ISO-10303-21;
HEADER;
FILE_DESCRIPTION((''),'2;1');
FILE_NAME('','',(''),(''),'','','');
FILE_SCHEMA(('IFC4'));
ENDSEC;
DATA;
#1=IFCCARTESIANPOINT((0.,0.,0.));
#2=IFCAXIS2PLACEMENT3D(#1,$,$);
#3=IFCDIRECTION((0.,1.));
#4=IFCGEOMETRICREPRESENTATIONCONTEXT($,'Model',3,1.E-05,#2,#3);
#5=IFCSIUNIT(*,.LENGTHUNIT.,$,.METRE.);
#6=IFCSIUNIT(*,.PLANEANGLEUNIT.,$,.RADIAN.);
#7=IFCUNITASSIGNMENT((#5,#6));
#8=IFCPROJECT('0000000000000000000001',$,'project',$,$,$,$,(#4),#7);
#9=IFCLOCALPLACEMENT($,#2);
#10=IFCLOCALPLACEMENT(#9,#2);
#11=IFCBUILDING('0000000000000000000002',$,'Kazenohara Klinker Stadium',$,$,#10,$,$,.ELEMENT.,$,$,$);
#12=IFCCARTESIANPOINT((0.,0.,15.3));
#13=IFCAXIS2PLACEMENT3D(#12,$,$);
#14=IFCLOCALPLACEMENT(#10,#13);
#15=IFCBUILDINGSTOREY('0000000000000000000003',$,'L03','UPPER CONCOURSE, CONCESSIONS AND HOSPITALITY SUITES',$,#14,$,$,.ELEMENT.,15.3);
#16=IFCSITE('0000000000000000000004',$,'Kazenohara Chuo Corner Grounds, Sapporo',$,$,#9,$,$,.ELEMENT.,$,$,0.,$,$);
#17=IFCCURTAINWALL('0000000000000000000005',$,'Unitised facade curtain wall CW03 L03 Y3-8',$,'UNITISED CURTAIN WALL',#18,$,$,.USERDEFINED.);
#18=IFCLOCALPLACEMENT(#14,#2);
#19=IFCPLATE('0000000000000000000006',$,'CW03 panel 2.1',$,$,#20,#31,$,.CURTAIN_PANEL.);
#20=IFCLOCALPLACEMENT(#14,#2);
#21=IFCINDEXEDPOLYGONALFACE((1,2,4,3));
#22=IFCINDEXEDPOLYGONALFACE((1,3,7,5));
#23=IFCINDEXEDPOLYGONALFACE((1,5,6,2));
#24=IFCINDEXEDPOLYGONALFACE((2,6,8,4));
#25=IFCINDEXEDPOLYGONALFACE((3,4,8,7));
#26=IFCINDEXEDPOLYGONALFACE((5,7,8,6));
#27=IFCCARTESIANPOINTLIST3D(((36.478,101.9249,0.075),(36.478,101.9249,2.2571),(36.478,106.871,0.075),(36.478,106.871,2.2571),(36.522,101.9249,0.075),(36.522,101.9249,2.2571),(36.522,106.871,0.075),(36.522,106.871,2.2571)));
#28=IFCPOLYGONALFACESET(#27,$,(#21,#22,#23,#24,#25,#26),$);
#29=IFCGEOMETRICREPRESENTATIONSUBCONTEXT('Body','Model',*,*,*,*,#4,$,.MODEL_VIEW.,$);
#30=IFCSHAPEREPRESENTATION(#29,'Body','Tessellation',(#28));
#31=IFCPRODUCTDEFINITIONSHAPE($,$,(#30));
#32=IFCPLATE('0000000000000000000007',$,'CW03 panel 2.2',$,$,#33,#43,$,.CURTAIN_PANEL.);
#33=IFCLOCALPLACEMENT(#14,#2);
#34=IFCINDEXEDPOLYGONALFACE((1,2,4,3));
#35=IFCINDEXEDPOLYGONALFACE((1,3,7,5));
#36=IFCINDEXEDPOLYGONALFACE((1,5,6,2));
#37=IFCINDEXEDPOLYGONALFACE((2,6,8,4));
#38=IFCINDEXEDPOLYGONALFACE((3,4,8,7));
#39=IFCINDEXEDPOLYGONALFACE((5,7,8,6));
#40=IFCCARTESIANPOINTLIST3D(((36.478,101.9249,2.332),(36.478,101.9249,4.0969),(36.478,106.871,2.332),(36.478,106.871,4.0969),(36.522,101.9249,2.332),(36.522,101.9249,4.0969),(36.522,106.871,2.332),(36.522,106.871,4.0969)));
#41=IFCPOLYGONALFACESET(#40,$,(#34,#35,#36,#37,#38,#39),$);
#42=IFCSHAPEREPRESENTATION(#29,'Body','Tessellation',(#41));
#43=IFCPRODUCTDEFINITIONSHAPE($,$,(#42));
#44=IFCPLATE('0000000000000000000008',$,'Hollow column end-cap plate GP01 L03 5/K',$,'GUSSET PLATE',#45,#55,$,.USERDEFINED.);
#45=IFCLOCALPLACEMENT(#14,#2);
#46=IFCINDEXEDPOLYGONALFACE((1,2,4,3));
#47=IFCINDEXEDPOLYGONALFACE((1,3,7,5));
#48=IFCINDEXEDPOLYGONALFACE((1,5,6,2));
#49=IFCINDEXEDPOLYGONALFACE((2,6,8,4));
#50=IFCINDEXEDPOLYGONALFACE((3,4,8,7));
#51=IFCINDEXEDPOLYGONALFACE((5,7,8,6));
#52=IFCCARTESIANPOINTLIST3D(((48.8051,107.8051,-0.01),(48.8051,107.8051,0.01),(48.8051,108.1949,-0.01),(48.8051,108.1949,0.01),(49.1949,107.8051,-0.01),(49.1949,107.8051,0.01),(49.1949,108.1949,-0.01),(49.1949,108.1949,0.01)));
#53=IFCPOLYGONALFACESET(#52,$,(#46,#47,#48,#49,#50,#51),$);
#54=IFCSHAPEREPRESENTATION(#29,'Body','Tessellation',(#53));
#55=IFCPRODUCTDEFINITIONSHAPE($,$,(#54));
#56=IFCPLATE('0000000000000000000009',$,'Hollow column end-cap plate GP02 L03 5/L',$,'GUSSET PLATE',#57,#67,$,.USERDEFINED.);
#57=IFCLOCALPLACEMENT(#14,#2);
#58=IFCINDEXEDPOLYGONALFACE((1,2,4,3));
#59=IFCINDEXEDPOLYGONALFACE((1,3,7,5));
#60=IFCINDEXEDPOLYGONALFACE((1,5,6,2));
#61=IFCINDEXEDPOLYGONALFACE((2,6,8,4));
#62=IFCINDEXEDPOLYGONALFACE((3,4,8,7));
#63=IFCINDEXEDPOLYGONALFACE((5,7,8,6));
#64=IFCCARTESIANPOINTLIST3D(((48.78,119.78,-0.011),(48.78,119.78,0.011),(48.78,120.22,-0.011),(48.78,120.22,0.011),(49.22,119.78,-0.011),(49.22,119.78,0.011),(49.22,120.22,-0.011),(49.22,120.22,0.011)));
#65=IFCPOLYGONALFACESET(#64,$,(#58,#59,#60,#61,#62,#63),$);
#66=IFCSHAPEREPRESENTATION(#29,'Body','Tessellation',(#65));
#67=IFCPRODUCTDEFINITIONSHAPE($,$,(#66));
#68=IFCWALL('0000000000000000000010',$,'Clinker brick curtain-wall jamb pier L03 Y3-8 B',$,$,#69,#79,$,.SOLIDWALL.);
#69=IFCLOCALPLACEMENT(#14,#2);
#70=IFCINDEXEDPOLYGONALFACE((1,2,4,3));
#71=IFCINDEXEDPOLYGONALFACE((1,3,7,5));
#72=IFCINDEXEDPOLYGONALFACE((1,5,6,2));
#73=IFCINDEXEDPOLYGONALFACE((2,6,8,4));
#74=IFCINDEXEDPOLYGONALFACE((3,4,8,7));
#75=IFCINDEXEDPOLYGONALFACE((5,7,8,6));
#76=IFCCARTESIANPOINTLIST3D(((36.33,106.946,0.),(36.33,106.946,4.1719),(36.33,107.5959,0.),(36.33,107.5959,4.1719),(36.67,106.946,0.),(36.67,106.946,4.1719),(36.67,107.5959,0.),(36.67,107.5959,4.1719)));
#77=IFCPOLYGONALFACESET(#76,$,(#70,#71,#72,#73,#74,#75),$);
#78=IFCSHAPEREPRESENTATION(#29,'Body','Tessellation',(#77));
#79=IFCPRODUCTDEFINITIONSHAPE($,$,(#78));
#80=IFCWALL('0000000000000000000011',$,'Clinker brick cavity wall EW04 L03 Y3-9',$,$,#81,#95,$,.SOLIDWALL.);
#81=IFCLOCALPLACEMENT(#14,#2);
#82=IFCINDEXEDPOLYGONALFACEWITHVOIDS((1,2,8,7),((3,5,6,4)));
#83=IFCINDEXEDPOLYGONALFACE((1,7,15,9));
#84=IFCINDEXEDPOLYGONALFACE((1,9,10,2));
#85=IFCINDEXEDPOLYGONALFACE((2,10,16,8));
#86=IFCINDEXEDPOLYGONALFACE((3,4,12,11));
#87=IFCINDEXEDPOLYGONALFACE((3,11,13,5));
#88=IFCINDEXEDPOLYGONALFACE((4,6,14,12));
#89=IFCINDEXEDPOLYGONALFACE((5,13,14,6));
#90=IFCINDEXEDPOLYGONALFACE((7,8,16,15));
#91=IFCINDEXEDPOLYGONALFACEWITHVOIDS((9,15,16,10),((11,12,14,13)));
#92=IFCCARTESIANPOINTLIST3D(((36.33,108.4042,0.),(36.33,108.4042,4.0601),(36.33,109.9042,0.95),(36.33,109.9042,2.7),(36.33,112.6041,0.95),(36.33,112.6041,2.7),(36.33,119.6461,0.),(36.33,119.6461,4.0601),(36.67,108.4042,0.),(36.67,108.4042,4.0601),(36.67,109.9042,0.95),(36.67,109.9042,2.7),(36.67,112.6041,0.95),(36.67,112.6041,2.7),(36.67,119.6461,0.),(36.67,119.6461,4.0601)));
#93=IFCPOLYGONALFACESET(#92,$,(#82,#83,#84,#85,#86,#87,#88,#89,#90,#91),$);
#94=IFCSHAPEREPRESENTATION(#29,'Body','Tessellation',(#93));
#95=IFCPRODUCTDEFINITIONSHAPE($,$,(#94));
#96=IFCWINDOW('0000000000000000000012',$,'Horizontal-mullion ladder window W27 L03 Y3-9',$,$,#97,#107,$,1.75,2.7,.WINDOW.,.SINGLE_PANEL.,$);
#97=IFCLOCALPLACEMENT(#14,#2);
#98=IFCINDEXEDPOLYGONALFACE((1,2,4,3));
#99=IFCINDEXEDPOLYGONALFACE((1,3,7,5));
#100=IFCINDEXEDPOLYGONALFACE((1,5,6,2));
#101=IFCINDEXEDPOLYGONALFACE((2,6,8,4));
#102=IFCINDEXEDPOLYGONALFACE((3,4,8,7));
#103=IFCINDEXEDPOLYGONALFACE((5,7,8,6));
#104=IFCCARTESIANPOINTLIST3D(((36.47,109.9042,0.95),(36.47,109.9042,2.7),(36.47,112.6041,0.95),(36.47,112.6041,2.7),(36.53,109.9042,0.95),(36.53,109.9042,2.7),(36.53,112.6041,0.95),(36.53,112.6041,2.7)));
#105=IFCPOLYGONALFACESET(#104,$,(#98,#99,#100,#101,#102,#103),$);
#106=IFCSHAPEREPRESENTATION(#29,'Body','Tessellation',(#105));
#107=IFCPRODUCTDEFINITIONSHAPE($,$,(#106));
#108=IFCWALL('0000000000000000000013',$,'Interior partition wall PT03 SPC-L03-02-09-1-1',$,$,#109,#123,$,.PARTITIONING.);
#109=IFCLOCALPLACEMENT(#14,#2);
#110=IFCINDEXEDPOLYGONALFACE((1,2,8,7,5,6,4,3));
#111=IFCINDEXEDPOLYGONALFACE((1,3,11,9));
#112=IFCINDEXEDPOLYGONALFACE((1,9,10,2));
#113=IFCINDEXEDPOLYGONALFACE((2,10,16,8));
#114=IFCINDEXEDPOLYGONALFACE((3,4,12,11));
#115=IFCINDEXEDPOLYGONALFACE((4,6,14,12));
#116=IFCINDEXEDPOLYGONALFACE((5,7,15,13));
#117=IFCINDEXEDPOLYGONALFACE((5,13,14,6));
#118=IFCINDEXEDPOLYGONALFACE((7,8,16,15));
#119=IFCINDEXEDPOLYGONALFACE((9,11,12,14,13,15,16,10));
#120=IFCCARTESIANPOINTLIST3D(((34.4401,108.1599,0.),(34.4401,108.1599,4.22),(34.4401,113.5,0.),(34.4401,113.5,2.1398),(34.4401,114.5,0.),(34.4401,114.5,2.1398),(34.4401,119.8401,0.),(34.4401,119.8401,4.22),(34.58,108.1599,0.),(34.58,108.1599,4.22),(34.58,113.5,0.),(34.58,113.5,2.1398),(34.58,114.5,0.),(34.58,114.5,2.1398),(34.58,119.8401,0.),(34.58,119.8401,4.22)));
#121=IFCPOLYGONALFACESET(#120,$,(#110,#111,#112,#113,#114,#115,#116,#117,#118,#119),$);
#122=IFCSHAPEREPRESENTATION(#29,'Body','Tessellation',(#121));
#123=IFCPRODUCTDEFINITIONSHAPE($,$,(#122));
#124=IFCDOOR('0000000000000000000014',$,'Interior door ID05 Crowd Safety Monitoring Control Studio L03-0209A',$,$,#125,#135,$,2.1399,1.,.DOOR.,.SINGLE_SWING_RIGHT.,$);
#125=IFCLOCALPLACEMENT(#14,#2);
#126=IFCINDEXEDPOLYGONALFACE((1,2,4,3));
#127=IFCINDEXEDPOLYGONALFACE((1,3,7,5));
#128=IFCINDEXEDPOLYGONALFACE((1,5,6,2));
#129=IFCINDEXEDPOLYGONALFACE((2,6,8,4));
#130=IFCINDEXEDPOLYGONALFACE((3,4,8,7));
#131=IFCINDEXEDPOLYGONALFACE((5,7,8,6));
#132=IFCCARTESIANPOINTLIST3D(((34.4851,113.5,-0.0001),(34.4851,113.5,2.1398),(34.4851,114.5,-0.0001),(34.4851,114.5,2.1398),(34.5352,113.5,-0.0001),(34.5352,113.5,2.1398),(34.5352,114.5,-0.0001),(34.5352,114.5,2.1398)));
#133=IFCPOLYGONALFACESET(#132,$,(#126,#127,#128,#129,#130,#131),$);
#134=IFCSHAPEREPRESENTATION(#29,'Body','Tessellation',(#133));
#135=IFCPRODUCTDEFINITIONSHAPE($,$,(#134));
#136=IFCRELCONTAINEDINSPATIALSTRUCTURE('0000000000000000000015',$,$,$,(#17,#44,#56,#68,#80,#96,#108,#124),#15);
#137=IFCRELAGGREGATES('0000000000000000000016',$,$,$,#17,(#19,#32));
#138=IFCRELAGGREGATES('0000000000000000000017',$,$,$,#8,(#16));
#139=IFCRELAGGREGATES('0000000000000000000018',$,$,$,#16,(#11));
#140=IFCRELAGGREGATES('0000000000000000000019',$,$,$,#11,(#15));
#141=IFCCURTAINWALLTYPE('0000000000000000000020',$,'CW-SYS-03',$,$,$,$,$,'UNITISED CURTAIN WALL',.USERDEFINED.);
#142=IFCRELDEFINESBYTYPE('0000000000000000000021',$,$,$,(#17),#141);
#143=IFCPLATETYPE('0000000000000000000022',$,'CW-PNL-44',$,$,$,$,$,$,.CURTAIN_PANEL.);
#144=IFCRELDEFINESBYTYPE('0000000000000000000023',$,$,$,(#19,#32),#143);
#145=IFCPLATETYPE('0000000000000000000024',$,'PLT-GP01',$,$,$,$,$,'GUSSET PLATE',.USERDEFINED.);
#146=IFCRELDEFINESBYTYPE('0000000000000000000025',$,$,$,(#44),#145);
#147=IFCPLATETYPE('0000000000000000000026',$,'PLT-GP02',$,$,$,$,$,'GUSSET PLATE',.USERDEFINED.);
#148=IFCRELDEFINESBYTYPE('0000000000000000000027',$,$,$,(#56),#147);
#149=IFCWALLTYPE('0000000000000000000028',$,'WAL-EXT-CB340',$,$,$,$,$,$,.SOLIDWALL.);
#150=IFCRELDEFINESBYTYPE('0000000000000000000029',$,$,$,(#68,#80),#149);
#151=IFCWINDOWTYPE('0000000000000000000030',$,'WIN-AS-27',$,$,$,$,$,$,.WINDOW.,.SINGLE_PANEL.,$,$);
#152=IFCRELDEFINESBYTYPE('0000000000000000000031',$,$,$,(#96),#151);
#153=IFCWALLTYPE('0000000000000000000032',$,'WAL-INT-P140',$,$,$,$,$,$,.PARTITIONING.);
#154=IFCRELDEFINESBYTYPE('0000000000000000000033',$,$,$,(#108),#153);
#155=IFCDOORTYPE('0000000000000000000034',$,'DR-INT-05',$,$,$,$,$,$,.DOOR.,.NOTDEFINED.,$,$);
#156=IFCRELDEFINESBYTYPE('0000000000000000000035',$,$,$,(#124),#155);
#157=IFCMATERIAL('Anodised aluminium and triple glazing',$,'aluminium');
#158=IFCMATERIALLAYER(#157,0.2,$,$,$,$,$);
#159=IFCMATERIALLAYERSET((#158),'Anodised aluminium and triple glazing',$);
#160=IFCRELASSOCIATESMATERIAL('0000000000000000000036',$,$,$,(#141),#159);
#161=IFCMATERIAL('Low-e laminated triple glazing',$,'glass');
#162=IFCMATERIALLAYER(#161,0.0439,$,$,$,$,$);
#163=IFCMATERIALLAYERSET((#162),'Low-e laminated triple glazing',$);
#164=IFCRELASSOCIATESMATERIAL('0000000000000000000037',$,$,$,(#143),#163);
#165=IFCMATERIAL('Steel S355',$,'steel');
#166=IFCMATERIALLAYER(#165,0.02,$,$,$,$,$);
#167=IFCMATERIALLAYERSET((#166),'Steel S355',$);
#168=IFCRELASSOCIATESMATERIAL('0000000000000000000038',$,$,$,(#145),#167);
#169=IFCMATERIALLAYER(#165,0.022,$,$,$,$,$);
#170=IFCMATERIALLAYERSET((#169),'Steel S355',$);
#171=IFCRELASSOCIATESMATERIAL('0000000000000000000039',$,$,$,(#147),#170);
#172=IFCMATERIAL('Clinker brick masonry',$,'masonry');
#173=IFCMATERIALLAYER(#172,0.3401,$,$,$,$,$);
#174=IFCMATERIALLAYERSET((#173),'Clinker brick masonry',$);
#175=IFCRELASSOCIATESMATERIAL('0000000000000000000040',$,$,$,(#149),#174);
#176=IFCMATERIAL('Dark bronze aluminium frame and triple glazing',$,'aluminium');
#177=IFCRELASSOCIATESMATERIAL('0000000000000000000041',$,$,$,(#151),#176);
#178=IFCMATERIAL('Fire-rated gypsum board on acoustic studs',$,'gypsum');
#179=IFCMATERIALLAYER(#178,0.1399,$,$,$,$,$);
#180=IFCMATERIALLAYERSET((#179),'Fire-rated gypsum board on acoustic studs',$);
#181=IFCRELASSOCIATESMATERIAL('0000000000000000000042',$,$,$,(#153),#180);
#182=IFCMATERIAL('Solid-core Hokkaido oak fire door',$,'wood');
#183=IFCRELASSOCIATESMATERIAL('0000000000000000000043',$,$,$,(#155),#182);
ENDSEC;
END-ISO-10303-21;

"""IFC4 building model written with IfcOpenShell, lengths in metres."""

from ifc_helpers import new_model, si_unit, direction, frame, frame_2d, origin, origin_2d, place, context, subcontext, project, spatial, rectangle, extrude, material, layer, layer_set, type_object, element, fill, aggregate, save


model = new_model("IFC4")

# Units and contexts
model_context = context("Model", 3, precision=1e-05, world=origin(), true_north=direction((0.0, 1.0)))
body_context = subcontext(model_context, "Body", "Model", "MODEL_VIEW")
ifc_project = project(units=[si_unit("LENGTHUNIT", "METRE"), si_unit("PLANEANGLEUNIT", "RADIAN")], contexts=[model_context])

# Site, building, storey
site_placement = place(None, origin())
site = spatial("IfcSite", under=ifc_project, at=site_placement, Name="Kazenohara Chuo Corner Grounds, Sapporo", CompositionType="ELEMENT", RefElevation=0.0)
building_placement = place(site_placement, origin())
building = spatial("IfcBuilding", under=site, at=building_placement, Name="Kazenohara Klinker Stadium", CompositionType="ELEMENT")
storey_placement = place(building_placement, frame((0.0, 0.0, 15.3)))
storey = spatial("IfcBuildingStorey", under=building, at=storey_placement, Name="L03", Description="UPPER CONCOURSE, CONCESSIONS AND HOSPITALITY SUITES", CompositionType="ELEMENT", Elevation=15.3)

# Shared definitions
ifc_material_1 = material(Name="Steel S355", Category="steel")

# Curtain wall
ifc_material_2 = material(Name="Anodised aluminium and triple glazing", Category="aluminium")
ifc_layer_1 = layer(ifc_material_2, 0.2)
ifc_layer_set_1 = layer_set([ifc_layer_1], Name="Anodised aluminium and triple glazing")
curtain_wall_type = type_object("IfcCurtainWallType", Name="CW-SYS-03", ElementType="UNITISED CURTAIN WALL", PredefinedType="USERDEFINED", material=ifc_layer_set_1)
curtain_wall_placement = place(storey_placement, origin())
curtain_wall = element("IfcCurtainWall", 1, at=curtain_wall_placement, inside=storey, type_object=curtain_wall_type, Name="Unitised facade curtain wall CW03 L03 Y3-8", ObjectType="UNITISED CURTAIN WALL", PredefinedType="USERDEFINED")

# Plates
ifc_material_3 = material(Name="Low-e laminated triple glazing", Category="glass")
ifc_layer_2 = layer(ifc_material_3, 0.0439)
ifc_layer_set_2 = layer_set([ifc_layer_2], Name="Low-e laminated triple glazing")
plate_type_1 = type_object("IfcPlateType", Name="CW-PNL-44", PredefinedType="CURTAIN_PANEL", material=ifc_layer_set_2)
plate_1_placement = place(storey_placement, frame((36.5, 104.3979, 0.075), z_axis=(0.0, 0.0, 1.0), x_axis=(0.0, 1.0, 0.0)))
plate_1 = element("IfcPlate", 2, at=plate_1_placement, type_object=plate_type_1, Name="CW03 panel 2.1", PredefinedType="CURTAIN_PANEL", context=body_context, shape_type="SweptSolid", body=[
    extrude(rectangle(XDim=4.946, YDim=0.0439, at=origin_2d()), origin(), (0.0, 0.0, 1.0), 2.1821),
])
plate_2_placement = place(storey_placement, frame((36.5, 104.3979, 2.332), z_axis=(0.0, 0.0, 1.0), x_axis=(0.0, 1.0, 0.0)))
plate_2 = element("IfcPlate", 3, at=plate_2_placement, type_object=plate_type_1, Name="CW03 panel 2.2", PredefinedType="CURTAIN_PANEL", context=body_context, shape_type="SweptSolid", body=[
    extrude(rectangle(XDim=4.946, YDim=0.0439, at=origin_2d()), origin(), (0.0, 0.0, 1.0), 1.7649),
])
aggregate(curtain_wall, [plate_1, plate_2])

# Plates
ifc_layer_3 = layer(ifc_material_1, 0.02)
ifc_layer_set_3 = layer_set([ifc_layer_3], Name="Steel S355")
plate_type_2 = type_object("IfcPlateType", Name="PLT-GP01", ElementType="GUSSET PLATE", PredefinedType="USERDEFINED", material=ifc_layer_set_3)
plate_3_placement = place(storey_placement, frame((49.0, 108.0, -0.01), z_axis=(0.0, 0.0, 1.0), x_axis=(1.0, 0.0, 0.0)))
element("IfcPlate", 4, at=plate_3_placement, inside=storey, type_object=plate_type_2, Name="Hollow column end-cap plate GP01 L03 5/K", ObjectType="GUSSET PLATE", PredefinedType="USERDEFINED", context=body_context, shape_type="SweptSolid", body=[
    extrude(rectangle(XDim=0.3899, YDim=0.3899, at=origin_2d()), origin(), (0.0, 0.0, 1.0), 0.02),
])
ifc_layer_4 = layer(ifc_material_1, 0.022)
ifc_layer_set_4 = layer_set([ifc_layer_4], Name="Steel S355")
plate_type_3 = type_object("IfcPlateType", Name="PLT-GP02", ElementType="GUSSET PLATE", PredefinedType="USERDEFINED", material=ifc_layer_set_4)
plate_4_placement = place(storey_placement, frame((49.0, 120.0, -0.011), z_axis=(0.0, 0.0, 1.0), x_axis=(1.0, 0.0, 0.0)))
element("IfcPlate", 5, at=plate_4_placement, inside=storey, type_object=plate_type_3, Name="Hollow column end-cap plate GP02 L03 5/L", ObjectType="GUSSET PLATE", PredefinedType="USERDEFINED", context=body_context, shape_type="SweptSolid", body=[
    extrude(rectangle(XDim=0.4399, YDim=0.4399, at=origin_2d()), origin(), (0.0, 0.0, 1.0), 0.022),
])

# Wall
ifc_material_4 = material(Name="Clinker brick masonry", Category="masonry")
ifc_layer_5 = layer(ifc_material_4, 0.3401)
ifc_layer_set_5 = layer_set([ifc_layer_5], Name="Clinker brick masonry")
wall_type_1 = type_object("IfcWallType", Name="WAL-EXT-CB340", PredefinedType="SOLIDWALL", material=ifc_layer_set_5)
wall_1_placement = place(storey_placement, frame((36.5, 106.946, 0.0), z_axis=(0.0, 0.0, 1.0), x_axis=(0.0, 1.0, 0.0)))
element("IfcWall", 6, at=wall_1_placement, inside=storey, type_object=wall_type_1, Name="Clinker brick curtain-wall jamb pier L03 Y3-8 B", PredefinedType="SOLIDWALL", context=body_context, shape_type="SweptSolid", body=[
    extrude(rectangle(XDim=0.6499, YDim=0.3401, at=frame_2d((0.325, 0.0))), origin(), (0.0, 0.0, 1.0), 4.1719),
])

# Wall, opening, window
wall_2_placement = place(storey_placement, frame((36.5, 108.4041, 0.0), z_axis=(0.0, 0.0, 1.0), x_axis=(0.0, 1.0, 0.0)))
wall_2 = element("IfcWall", 7, at=wall_2_placement, inside=storey, type_object=wall_type_1, Name="Clinker brick cavity wall EW04 L03 Y3-9", PredefinedType="SOLIDWALL", context=body_context, shape_type="SweptSolid", body=[
    extrude(rectangle(XDim=11.2419, YDim=0.3401, at=frame_2d((5.6211, 0.0))), origin(), (0.0, 0.0, 1.0), 4.0601),
])
opening_1_placement = place(wall_2_placement, frame((1.5, 0.0, 0.95)))
opening_1 = element("IfcOpeningElement", 8, at=opening_1_placement, cuts=wall_2, PredefinedType="OPENING", context=body_context, shape_type="SweptSolid", body=[
    extrude(rectangle(XDim=2.7, YDim=1.75, at=frame_2d((1.3501, 0.875))), frame((0.0, 0.1802, 0.0), z_axis=(0.0, -1.0, 0.0), x_axis=(1.0, 0.0, 0.0)), (0.0, 0.0, 1.0), 0.3601),
])
ifc_material_5 = material(Name="Dark bronze aluminium frame and triple glazing", Category="aluminium")
window_type = type_object("IfcWindowType", Name="WIN-AS-27", PartitioningType="SINGLE_PANEL", PredefinedType="WINDOW", material=ifc_material_5)
window_placement = place(opening_1_placement, origin())
window = element("IfcWindow", 9, at=window_placement, inside=storey, type_object=window_type, Name="Horizontal-mullion ladder window W27 L03 Y3-9", OverallHeight=1.75, OverallWidth=2.7, PartitioningType="SINGLE_PANEL", PredefinedType="WINDOW", context=body_context, shape_type="SweptSolid", body=[
    extrude(rectangle(XDim=2.7, YDim=1.75, at=frame_2d((1.3501, 0.875))), frame((0.0, 0.03, 0.0), z_axis=(0.0, -1.0, 0.0), x_axis=(1.0, 0.0, 0.0)), (0.0, 0.0, 1.0), 0.0601),
])
fill(opening_1, window)

# Wall, opening, door
ifc_material_6 = material(Name="Fire-rated gypsum board on acoustic studs", Category="gypsum")
ifc_layer_6 = layer(ifc_material_6, 0.1399)
ifc_layer_set_6 = layer_set([ifc_layer_6], Name="Fire-rated gypsum board on acoustic studs")
wall_type_2 = type_object("IfcWallType", Name="WAL-INT-P140", PredefinedType="PARTITIONING", material=ifc_layer_set_6)
wall_3_placement = place(storey_placement, frame((34.51, 108.1599, 0.0), z_axis=(0.0, 0.0, 1.0), x_axis=(0.0, 1.0, 0.0)))
wall_3 = element("IfcWall", 10, at=wall_3_placement, inside=storey, type_object=wall_type_2, Name="Interior partition wall PT03 SPC-L03-02-09-1-1", PredefinedType="PARTITIONING", context=body_context, shape_type="SweptSolid", body=[
    extrude(rectangle(XDim=11.6802, YDim=0.1399, at=frame_2d((5.8401, 0.0))), origin(), (0.0, 0.0, 1.0), 4.22),
])
opening_2_placement = place(wall_3_placement, frame((5.3401, 0.0, 0.0)))
opening_2 = element("IfcOpeningElement", 11, at=opening_2_placement, cuts=wall_3, PredefinedType="OPENING", context=body_context, shape_type="SweptSolid", body=[
    extrude(rectangle(XDim=1.0, YDim=2.1399, at=frame_2d((0.5, 1.0698))), frame((0.0, 0.0801, 0.0), z_axis=(0.0, -1.0, 0.0), x_axis=(1.0, 0.0, 0.0)), (0.0, 0.0, 1.0), 0.1599),
])
ifc_material_7 = material(Name="Solid-core Hokkaido oak fire door", Category="wood")
door_type = type_object("IfcDoorType", Name="DR-INT-05", OperationType="NOTDEFINED", PredefinedType="DOOR", material=ifc_material_7)
door_placement = place(opening_2_placement, origin())
door = element("IfcDoor", 12, at=door_placement, inside=storey, type_object=door_type, Name="Interior door ID05 Crowd Safety Monitoring Control Studio L03-0209A", OperationType="SINGLE_SWING_RIGHT", OverallHeight=2.1399, OverallWidth=1.0, PredefinedType="DOOR", context=body_context, shape_type="SweptSolid", body=[
    extrude(rectangle(XDim=1.0, YDim=2.1399, at=frame_2d((0.5, 1.0698))), frame((0.0, 0.0249, 0.0), z_axis=(0.0, -1.0, 0.0), x_axis=(1.0, 0.0, 0.0)), (0.0, 0.0, 1.0), 0.05),
])
fill(opening_2, door)

save(model, "model.ifc")
